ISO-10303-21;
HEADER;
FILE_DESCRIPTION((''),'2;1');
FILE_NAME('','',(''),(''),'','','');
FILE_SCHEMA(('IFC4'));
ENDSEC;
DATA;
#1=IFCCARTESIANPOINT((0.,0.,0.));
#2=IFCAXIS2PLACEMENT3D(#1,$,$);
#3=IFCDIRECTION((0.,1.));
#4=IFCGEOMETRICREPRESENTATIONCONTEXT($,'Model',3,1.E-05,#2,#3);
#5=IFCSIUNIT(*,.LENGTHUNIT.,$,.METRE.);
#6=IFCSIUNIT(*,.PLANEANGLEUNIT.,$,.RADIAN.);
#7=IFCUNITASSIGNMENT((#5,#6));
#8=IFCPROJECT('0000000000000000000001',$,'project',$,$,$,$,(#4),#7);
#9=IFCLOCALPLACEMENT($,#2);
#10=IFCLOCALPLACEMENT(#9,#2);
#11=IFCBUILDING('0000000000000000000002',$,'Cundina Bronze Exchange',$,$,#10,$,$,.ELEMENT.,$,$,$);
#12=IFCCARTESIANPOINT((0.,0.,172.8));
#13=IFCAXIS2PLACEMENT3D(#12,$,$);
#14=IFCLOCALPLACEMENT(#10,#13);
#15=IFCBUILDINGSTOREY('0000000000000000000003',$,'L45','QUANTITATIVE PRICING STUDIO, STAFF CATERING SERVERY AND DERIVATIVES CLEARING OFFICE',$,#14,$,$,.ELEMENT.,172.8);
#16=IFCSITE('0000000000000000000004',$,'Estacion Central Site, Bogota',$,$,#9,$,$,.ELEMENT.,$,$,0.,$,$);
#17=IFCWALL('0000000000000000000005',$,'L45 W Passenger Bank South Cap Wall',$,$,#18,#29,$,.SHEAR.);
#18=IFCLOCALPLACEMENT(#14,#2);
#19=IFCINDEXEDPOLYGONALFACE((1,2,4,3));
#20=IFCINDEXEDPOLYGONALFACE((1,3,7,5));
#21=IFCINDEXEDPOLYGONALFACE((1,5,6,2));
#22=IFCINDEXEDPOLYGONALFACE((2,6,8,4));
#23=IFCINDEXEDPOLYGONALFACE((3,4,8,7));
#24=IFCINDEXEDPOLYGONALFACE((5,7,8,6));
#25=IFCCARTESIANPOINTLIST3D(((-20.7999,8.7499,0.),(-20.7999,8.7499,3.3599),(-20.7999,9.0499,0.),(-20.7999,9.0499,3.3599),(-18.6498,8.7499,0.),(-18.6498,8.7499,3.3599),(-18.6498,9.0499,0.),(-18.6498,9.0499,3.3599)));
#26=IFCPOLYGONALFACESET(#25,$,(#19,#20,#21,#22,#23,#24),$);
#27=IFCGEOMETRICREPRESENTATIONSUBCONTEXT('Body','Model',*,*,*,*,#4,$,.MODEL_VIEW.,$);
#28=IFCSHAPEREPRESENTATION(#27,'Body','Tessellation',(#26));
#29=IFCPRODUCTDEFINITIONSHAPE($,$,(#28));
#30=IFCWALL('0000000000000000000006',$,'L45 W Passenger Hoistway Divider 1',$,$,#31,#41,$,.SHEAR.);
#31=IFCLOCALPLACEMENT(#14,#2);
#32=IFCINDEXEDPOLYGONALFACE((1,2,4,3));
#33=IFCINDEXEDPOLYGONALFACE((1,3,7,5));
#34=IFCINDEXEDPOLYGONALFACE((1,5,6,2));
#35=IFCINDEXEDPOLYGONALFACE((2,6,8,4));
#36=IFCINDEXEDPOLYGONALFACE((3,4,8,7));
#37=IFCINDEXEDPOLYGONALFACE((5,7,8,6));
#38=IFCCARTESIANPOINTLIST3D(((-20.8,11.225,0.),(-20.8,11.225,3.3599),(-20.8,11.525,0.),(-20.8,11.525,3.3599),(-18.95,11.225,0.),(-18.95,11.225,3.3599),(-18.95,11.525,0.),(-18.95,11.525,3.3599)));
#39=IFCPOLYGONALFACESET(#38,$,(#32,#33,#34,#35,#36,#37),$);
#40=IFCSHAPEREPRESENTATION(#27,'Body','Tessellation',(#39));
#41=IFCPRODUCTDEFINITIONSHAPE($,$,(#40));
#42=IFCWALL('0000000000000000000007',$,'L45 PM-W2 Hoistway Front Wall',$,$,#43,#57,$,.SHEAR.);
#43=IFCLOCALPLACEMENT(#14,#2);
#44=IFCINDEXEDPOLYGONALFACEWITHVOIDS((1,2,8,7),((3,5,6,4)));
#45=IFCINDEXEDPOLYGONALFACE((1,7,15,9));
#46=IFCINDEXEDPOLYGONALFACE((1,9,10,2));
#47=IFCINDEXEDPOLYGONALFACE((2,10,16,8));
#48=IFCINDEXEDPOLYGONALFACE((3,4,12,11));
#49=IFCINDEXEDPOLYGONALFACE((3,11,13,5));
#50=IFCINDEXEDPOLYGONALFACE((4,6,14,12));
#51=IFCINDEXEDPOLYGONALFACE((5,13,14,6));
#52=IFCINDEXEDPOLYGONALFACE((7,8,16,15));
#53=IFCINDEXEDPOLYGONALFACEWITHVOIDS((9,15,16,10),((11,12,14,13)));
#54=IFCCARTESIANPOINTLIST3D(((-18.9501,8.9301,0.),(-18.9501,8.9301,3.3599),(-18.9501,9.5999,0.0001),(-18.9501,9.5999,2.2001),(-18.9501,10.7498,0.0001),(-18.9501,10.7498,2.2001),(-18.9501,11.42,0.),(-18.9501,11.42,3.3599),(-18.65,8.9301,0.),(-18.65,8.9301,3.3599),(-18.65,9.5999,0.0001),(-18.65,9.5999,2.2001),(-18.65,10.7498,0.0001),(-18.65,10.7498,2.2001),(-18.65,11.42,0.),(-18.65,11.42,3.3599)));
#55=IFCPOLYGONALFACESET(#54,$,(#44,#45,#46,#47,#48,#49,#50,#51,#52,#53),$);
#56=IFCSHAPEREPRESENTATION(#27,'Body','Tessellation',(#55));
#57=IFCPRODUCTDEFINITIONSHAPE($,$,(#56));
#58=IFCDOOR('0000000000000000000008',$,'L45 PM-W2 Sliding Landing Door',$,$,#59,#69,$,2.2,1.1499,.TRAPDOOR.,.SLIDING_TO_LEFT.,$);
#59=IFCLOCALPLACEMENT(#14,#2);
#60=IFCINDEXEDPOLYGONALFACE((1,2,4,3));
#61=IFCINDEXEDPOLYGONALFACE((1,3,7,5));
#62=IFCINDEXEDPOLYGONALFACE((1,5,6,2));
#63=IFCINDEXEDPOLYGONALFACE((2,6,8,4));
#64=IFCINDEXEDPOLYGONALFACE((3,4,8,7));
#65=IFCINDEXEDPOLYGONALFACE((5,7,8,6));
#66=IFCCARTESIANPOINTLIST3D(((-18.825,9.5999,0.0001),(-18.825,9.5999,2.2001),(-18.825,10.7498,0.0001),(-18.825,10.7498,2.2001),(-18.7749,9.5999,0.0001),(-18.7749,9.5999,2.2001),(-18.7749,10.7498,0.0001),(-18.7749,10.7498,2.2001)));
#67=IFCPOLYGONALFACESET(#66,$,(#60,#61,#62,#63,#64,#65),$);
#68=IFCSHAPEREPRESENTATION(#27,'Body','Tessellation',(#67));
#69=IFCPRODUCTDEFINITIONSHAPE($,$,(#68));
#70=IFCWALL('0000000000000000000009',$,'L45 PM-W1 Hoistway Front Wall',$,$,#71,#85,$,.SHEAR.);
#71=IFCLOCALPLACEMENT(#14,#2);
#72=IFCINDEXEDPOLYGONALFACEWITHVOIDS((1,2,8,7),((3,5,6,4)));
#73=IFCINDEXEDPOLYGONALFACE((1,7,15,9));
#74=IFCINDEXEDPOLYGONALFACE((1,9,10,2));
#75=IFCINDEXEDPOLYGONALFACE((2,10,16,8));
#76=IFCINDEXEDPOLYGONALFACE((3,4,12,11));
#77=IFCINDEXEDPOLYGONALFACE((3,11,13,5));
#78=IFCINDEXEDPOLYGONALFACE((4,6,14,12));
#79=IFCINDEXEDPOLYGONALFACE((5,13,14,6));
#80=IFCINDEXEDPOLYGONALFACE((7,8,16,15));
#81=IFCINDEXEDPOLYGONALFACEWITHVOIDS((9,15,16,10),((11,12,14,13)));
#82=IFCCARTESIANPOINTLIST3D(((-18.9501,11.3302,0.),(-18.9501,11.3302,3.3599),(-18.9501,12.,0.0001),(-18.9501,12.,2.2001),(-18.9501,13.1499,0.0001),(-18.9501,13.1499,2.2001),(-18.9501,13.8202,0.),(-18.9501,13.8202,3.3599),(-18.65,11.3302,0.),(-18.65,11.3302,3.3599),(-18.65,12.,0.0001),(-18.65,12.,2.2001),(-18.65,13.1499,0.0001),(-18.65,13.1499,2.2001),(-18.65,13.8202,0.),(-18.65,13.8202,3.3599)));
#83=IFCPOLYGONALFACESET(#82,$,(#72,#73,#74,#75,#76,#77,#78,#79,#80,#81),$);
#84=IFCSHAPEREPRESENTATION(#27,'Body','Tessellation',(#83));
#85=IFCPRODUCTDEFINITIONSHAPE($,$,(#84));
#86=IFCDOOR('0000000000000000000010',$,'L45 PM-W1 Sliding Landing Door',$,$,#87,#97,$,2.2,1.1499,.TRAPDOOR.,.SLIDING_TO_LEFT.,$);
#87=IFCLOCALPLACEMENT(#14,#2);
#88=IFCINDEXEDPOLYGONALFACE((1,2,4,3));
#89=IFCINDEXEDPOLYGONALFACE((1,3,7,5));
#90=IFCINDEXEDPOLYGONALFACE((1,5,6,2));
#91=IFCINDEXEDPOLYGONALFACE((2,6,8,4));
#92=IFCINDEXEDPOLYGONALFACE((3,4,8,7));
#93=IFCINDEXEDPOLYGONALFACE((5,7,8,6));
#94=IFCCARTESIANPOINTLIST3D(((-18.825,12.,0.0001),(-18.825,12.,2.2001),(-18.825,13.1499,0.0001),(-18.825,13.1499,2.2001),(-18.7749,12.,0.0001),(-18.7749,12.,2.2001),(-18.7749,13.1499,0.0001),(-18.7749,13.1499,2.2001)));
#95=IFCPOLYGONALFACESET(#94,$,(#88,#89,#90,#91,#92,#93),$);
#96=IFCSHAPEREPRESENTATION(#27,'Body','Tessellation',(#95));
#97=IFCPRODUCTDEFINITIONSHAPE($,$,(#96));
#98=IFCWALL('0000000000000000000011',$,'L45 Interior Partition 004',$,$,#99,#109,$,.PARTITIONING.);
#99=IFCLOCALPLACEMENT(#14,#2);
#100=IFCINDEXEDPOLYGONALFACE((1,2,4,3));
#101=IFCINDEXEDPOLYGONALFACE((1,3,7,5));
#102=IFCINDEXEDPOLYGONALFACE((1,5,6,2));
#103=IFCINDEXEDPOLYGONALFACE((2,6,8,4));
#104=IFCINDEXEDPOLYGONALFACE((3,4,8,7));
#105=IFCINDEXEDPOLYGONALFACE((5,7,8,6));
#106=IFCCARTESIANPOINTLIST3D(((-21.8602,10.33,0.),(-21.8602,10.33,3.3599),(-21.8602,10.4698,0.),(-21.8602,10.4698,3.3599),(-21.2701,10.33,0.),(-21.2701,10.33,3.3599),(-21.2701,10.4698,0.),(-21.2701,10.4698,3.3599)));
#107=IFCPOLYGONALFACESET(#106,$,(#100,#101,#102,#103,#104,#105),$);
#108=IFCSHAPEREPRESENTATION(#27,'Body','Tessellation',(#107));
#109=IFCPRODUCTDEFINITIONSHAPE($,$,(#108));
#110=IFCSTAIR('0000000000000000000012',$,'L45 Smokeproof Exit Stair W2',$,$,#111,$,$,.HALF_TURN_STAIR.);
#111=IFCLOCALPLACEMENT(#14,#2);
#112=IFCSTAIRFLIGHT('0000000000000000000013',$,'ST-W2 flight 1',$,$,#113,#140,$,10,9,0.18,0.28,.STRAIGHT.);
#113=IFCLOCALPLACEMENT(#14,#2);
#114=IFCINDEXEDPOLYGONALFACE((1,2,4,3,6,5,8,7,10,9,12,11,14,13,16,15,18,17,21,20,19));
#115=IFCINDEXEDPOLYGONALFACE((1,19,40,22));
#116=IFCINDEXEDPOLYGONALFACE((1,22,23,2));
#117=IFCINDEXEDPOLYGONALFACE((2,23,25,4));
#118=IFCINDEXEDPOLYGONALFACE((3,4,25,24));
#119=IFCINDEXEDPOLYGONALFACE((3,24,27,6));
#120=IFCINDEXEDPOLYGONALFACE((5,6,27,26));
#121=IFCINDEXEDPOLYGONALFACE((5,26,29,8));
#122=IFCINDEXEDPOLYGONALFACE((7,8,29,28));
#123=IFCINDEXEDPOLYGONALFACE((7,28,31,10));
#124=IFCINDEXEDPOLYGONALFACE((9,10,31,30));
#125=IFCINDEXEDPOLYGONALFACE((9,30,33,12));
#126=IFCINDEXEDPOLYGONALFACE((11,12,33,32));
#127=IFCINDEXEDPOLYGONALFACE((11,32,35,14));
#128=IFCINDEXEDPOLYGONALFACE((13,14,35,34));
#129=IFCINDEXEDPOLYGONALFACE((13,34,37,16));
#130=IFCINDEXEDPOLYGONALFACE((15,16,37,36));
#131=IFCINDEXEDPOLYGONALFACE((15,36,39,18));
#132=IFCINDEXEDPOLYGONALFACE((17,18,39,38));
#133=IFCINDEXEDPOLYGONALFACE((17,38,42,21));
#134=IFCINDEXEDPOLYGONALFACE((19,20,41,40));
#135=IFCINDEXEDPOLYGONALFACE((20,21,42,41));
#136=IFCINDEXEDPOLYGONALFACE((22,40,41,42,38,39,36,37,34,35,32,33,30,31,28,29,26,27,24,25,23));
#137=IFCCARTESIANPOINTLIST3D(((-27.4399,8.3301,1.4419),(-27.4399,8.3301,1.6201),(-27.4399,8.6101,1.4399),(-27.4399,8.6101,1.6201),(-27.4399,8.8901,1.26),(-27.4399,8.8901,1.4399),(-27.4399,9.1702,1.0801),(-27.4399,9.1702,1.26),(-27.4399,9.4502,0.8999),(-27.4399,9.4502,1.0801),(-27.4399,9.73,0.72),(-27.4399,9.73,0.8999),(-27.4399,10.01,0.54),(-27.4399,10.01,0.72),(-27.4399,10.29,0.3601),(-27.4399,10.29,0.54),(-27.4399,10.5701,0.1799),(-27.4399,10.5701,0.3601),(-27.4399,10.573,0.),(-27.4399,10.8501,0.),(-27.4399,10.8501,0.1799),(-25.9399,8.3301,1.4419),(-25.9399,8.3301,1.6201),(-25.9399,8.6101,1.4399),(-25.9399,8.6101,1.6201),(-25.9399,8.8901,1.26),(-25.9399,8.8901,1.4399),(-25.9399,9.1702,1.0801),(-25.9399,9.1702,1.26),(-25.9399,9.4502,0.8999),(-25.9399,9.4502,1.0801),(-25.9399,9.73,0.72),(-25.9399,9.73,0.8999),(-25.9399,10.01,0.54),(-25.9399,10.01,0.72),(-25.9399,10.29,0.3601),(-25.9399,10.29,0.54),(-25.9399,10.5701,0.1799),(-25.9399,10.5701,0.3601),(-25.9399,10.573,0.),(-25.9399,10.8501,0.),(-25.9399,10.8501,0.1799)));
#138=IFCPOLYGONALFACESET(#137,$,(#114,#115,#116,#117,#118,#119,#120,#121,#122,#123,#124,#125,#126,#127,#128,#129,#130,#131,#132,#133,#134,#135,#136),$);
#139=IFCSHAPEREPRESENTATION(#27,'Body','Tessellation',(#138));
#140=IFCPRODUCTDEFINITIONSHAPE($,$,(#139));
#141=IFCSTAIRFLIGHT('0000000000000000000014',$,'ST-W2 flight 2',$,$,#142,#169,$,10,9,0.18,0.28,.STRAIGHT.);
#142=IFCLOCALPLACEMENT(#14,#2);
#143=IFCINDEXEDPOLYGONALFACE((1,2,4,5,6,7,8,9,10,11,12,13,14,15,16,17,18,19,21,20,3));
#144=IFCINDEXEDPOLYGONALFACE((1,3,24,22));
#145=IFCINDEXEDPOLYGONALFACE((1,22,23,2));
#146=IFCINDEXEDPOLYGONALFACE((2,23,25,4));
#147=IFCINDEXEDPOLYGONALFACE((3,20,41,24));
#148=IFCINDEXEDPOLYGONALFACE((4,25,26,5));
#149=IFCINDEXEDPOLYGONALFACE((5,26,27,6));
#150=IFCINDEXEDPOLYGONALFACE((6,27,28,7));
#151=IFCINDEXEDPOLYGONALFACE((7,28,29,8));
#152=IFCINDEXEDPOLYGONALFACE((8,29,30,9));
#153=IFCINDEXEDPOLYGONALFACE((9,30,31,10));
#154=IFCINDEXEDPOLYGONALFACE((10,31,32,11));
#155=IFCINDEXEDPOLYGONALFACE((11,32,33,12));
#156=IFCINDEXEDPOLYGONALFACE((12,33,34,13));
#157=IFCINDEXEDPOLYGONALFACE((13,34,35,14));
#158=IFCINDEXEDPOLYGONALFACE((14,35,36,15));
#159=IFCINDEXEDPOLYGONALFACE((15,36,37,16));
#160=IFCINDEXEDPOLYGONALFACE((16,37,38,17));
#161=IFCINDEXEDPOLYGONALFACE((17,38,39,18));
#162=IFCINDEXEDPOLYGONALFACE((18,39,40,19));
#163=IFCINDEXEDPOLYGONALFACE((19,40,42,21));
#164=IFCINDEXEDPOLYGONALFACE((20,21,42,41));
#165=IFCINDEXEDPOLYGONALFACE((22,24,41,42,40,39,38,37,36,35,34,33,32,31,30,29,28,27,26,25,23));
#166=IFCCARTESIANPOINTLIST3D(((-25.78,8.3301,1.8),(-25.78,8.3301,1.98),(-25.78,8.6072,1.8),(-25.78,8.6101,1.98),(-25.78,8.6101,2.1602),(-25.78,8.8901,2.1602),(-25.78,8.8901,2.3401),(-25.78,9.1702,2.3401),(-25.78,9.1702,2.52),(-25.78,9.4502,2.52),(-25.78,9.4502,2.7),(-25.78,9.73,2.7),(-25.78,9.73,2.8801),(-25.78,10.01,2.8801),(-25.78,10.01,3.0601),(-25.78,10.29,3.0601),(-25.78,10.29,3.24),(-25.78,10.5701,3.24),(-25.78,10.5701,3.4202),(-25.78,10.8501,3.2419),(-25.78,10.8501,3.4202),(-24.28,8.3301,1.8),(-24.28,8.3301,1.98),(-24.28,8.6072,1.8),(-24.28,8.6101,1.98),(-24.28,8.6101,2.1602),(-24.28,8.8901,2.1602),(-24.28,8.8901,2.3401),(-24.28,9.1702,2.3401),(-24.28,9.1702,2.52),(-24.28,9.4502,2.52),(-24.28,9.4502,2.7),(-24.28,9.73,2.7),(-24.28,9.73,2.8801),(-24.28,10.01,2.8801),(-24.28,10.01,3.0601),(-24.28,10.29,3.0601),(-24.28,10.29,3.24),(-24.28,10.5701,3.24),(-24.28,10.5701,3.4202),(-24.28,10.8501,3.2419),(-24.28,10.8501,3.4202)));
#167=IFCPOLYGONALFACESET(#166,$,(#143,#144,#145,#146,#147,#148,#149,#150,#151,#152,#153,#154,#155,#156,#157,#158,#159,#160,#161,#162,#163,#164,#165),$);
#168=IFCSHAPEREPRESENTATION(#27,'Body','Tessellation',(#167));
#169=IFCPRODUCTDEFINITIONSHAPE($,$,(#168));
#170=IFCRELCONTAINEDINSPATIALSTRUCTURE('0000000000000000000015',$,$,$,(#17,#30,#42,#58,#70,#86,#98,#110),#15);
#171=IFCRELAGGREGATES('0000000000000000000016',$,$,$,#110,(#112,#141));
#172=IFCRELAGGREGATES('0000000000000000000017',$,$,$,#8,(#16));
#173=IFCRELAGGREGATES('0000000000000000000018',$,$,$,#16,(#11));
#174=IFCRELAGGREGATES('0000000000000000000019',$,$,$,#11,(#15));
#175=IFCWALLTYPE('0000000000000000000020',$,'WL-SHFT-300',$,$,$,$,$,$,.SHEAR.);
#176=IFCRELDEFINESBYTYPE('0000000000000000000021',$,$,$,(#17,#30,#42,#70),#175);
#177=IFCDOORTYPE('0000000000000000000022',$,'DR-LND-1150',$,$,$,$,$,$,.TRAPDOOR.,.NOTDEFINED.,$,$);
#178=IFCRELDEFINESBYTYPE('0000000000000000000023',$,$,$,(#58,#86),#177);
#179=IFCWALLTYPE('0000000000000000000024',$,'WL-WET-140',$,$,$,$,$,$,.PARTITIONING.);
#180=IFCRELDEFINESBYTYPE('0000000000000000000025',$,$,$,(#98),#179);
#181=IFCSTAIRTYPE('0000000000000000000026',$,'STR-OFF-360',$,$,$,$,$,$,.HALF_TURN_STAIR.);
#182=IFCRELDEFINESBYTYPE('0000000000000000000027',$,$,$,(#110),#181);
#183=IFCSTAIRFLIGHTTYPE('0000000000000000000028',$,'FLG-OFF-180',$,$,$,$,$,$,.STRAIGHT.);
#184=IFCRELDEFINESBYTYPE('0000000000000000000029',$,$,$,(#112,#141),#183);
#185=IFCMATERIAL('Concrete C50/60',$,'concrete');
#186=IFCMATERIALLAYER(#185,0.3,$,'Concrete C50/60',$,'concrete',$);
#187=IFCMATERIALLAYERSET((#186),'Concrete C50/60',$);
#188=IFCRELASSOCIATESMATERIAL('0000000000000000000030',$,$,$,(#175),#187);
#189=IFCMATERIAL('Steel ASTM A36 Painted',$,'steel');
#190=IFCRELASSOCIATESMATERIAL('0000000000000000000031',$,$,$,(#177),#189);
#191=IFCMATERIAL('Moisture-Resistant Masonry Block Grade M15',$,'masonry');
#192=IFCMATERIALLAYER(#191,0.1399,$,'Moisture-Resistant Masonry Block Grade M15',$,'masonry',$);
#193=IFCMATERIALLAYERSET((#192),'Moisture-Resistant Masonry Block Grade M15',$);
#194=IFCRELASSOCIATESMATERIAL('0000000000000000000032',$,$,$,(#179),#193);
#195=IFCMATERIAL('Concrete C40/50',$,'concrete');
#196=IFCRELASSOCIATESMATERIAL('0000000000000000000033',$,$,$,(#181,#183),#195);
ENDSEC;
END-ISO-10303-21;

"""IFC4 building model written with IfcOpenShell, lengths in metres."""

from ifc_helpers import new_model, si_unit, direction, frame, frame_2d, origin, place, context, subcontext, project, spatial, polyline, rectangle, outline, extrude, material, layer, layer_set, type_object, element, fill, aggregate, save


model = new_model("IFC4")

# Units and contexts
model_context = context("Model", 3, precision=1e-05, world=origin(), true_north=direction((0.0, 1.0)))
body_context = subcontext(model_context, "Body", "Model", "MODEL_VIEW")
ifc_project = project(units=[si_unit("LENGTHUNIT", "METRE"), si_unit("PLANEANGLEUNIT", "RADIAN")], contexts=[model_context])

# Site, building, storey
site_placement = place(None, origin())
site = spatial("IfcSite", under=ifc_project, at=site_placement, Name="Estacion Central Site, Bogota", CompositionType="ELEMENT", RefElevation=0.0)
building_placement = place(site_placement, origin())
building = spatial("IfcBuilding", under=site, at=building_placement, Name="Cundina Bronze Exchange", CompositionType="ELEMENT")
storey_placement = place(building_placement, frame((0.0, 0.0, 172.8)))
storey = spatial("IfcBuildingStorey", under=building, at=storey_placement, Name="L45", Description="QUANTITATIVE PRICING STUDIO, STAFF CATERING SERVERY AND DERIVATIVES CLEARING OFFICE", CompositionType="ELEMENT", Elevation=172.8)

# Shared definitions
ifc_material_1 = material(Name="Concrete C50/60", Category="concrete")

# Shared definitions
ifc_layer_1 = layer(ifc_material_1, 0.3, Name="Concrete C50/60", Category="concrete")
ifc_layer_set_1 = layer_set([ifc_layer_1], Name="Concrete C50/60")
wall_type_1 = type_object("IfcWallType", Name="WL-SHFT-300", PredefinedType="SHEAR", material=ifc_layer_set_1)
ifc_material_2 = material(Name="Steel ASTM A36 Painted", Category="steel")
door_type_1 = type_object("IfcDoorType", Name="DR-LND-1150", OperationType="NOTDEFINED", PredefinedType="TRAPDOOR", material=ifc_material_2)

# Walls
wall_1_placement = place(storey_placement, frame((-20.8, 8.8999, 0.0), z_axis=(0.0, 0.0, 1.0), x_axis=(1.0, 0.0, 0.0)))
element("IfcWall", 1, at=wall_1_placement, inside=storey, type_object=wall_type_1, Name="L45 W Passenger Bank South Cap Wall", PredefinedType="SHEAR", context=body_context, shape_type="SweptSolid", body=[
    extrude(rectangle(XDim=2.1501, YDim=0.3, at=frame_2d((1.0752, 0.0))), origin(), (0.0, 0.0, 1.0), 3.3599),
])
wall_2_placement = place(storey_placement, frame((-20.8, 11.375, 0.0), z_axis=(0.0, 0.0, 1.0), x_axis=(1.0, 0.0, 0.0)))
element("IfcWall", 2, at=wall_2_placement, inside=storey, type_object=wall_type_1, Name="L45 W Passenger Hoistway Divider 1", PredefinedType="SHEAR", context=body_context, shape_type="SweptSolid", body=[
    extrude(rectangle(XDim=1.8501, YDim=0.3, at=frame_2d((0.925, 0.0))), origin(), (0.0, 0.0, 1.0), 3.3599),
])

# Walls, openings, doors
wall_3_placement = place(storey_placement, frame((-18.8, 8.9299, 0.0), z_axis=(0.0, 0.0, 1.0), x_axis=(0.0, 1.0, 0.0)))
wall_3 = element("IfcWall", 3, at=wall_3_placement, inside=storey, type_object=wall_type_1, Name="L45 PM-W2 Hoistway Front Wall", PredefinedType="SHEAR", context=body_context, shape_type="SweptSolid", body=[
    extrude(rectangle(XDim=2.49, YDim=0.3, at=frame_2d((1.2451, 0.0))), origin(), (0.0, 0.0, 1.0), 3.3599),
])
opening_1_placement = place(wall_3_placement, frame((0.6699, 0.0, 0.0)))
opening_1 = element("IfcOpeningElement", 4, at=opening_1_placement, cuts=wall_3, PredefinedType="OPENING", context=body_context, shape_type="SweptSolid", body=[
    extrude(rectangle(XDim=1.1499, YDim=2.2, at=frame_2d((0.575, 1.1001))), frame((0.0, 0.1599, 0.0), z_axis=(0.0, -1.0, 0.0), x_axis=(1.0, 0.0, 0.0)), (0.0, 0.0, 1.0), 0.3201),
])
door_1_placement = place(opening_1_placement, origin())
door_1 = element("IfcDoor", 5, at=door_1_placement, inside=storey, type_object=door_type_1, Name="L45 PM-W2 Sliding Landing Door", OperationType="SLIDING_TO_LEFT", OverallHeight=2.2, OverallWidth=1.1499, PredefinedType="TRAPDOOR", context=body_context, shape_type="SweptSolid", body=[
    extrude(rectangle(XDim=1.1499, YDim=2.2, at=frame_2d((0.575, 1.1001))), frame((0.0, 0.0249, 0.0), z_axis=(0.0, -1.0, 0.0), x_axis=(1.0, 0.0, 0.0)), (0.0, 0.0, 1.0), 0.05),
])
fill(opening_1, door_1)
wall_4_placement = place(storey_placement, frame((-18.8, 11.3301, 0.0), z_axis=(0.0, 0.0, 1.0), x_axis=(0.0, 1.0, 0.0)))
wall_4 = element("IfcWall", 6, at=wall_4_placement, inside=storey, type_object=wall_type_1, Name="L45 PM-W1 Hoistway Front Wall", PredefinedType="SHEAR", context=body_context, shape_type="SweptSolid", body=[
    extrude(rectangle(XDim=2.49, YDim=0.3, at=frame_2d((1.2451, 0.0))), origin(), (0.0, 0.0, 1.0), 3.3599),
])
opening_2_placement = place(wall_4_placement, frame((0.6699, 0.0, 0.0)))
opening_2 = element("IfcOpeningElement", 7, at=opening_2_placement, cuts=wall_4, PredefinedType="OPENING", context=body_context, shape_type="SweptSolid", body=[
    extrude(rectangle(XDim=1.1499, YDim=2.2, at=frame_2d((0.575, 1.1001))), frame((0.0, 0.1599, 0.0), z_axis=(0.0, -1.0, 0.0), x_axis=(1.0, 0.0, 0.0)), (0.0, 0.0, 1.0), 0.3201),
])
door_2_placement = place(opening_2_placement, origin())
door_2 = element("IfcDoor", 8, at=door_2_placement, inside=storey, type_object=door_type_1, Name="L45 PM-W1 Sliding Landing Door", OperationType="SLIDING_TO_LEFT", OverallHeight=2.2, OverallWidth=1.1499, PredefinedType="TRAPDOOR", context=body_context, shape_type="SweptSolid", body=[
    extrude(rectangle(XDim=1.1499, YDim=2.2, at=frame_2d((0.575, 1.1001))), frame((0.0, 0.0249, 0.0), z_axis=(0.0, -1.0, 0.0), x_axis=(1.0, 0.0, 0.0)), (0.0, 0.0, 1.0), 0.05),
])
fill(opening_2, door_2)

# Wall
ifc_material_3 = material(Name="Moisture-Resistant Masonry Block Grade M15", Category="masonry")
ifc_layer_2 = layer(ifc_material_3, 0.1399, Name="Moisture-Resistant Masonry Block Grade M15", Category="masonry")
ifc_layer_set_2 = layer_set([ifc_layer_2], Name="Moisture-Resistant Masonry Block Grade M15")
wall_type_2 = type_object("IfcWallType", Name="WL-WET-140", PredefinedType="PARTITIONING", material=ifc_layer_set_2)
wall_5_placement = place(storey_placement, frame((-21.8601, 10.3999, 0.0), z_axis=(0.0, 0.0, 1.0), x_axis=(1.0, 0.0, 0.0)))
element("IfcWall", 9, at=wall_5_placement, inside=storey, type_object=wall_type_2, Name="L45 Interior Partition 004", PredefinedType="PARTITIONING", context=body_context, shape_type="SweptSolid", body=[
    extrude(rectangle(XDim=0.5901, YDim=0.1399, at=frame_2d((0.2949, 0.0))), origin(), (0.0, 0.0, 1.0), 3.3599),
])

# Stair, stair flights
ifc_material_4 = material(Name="Concrete C40/50", Category="concrete")
stair_type = type_object("IfcStairType", Name="STR-OFF-360", PredefinedType="HALF_TURN_STAIR", material=ifc_material_4)
stair_placement = place(storey_placement, origin())
stair = element("IfcStair", 10, at=stair_placement, inside=storey, type_object=stair_type, Name="L45 Smokeproof Exit Stair W2", PredefinedType="HALF_TURN_STAIR")
stair_flight_type = type_object("IfcStairFlightType", Name="FLG-OFF-180", PredefinedType="STRAIGHT", material=ifc_material_4)
stair_flight_1_placement = place(storey_placement, frame((-26.6899, 10.8501, 0.0), z_axis=(0.0, 0.0, 1.0), x_axis=(0.0, -1.0, 0.0)))
stair_flight_1 = element("IfcStairFlight", 11, at=stair_flight_1_placement, type_object=stair_flight_type, Name="ST-W2 flight 1", NumberOfRisers=10, NumberOfTreads=9, PredefinedType="STRAIGHT", RiserHeight=0.18, TreadLength=0.28, context=body_context, shape_type="SweptSolid", body=[
    extrude(outline(polyline([(0.0, 0.0), (0.0, 0.1799), (0.28, 0.1799), (0.28, 0.3601), (0.5601, 0.3601), (0.5601, 0.54), (0.8401, 0.54), (0.8401, 0.72), (1.1201, 0.72), (1.1201, 0.8999), (1.3999, 0.8999), (1.3999, 1.0801), (1.6799, 1.0801), (1.6799, 1.26), (1.96, 1.26), (1.96, 1.4399), (2.24, 1.4399), (2.24, 1.6201), (2.52, 1.6201), (2.52, 1.8), (2.52, 1.4419), (0.2771, 0.0), (0.0, 0.0)])), frame((0.0, 0.75, 0.0), z_axis=(0.0, -1.0, 0.0), x_axis=(1.0, 0.0, 0.0)), (0.0, 0.0, 1.0), 1.5),
])
stair_flight_2_placement = place(storey_placement, frame((-25.03, 8.3301, 1.8), z_axis=(0.0, 0.0, 1.0), x_axis=(0.0, 1.0, 0.0)))
stair_flight_2 = element("IfcStairFlight", 12, at=stair_flight_2_placement, type_object=stair_flight_type, Name="ST-W2 flight 2", NumberOfRisers=10, NumberOfTreads=9, PredefinedType="STRAIGHT", RiserHeight=0.18, TreadLength=0.28, context=body_context, shape_type="SweptSolid", body=[
    extrude(outline(polyline([(0.0, 0.0), (0.0, 0.1799), (0.28, 0.1799), (0.28, 0.3601), (0.5601, 0.3601), (0.5601, 0.54), (0.8401, 0.54), (0.8401, 0.72), (1.1201, 0.72), (1.1201, 0.8999), (1.3999, 0.8999), (1.3999, 1.0801), (1.6799, 1.0801), (1.6799, 1.26), (1.96, 1.26), (1.96, 1.4399), (2.24, 1.4399), (2.24, 1.6201), (2.52, 1.6201), (2.52, 1.8), (2.52, 1.4419), (0.2771, 0.0), (0.0, 0.0)])), frame((0.0, 0.75, 0.0), z_axis=(0.0, -1.0, 0.0), x_axis=(1.0, 0.0, 0.0)), (0.0, 0.0, 1.0), 1.5),
])
aggregate(stair, [stair_flight_1, stair_flight_2])

save(model, "model.ifc")
